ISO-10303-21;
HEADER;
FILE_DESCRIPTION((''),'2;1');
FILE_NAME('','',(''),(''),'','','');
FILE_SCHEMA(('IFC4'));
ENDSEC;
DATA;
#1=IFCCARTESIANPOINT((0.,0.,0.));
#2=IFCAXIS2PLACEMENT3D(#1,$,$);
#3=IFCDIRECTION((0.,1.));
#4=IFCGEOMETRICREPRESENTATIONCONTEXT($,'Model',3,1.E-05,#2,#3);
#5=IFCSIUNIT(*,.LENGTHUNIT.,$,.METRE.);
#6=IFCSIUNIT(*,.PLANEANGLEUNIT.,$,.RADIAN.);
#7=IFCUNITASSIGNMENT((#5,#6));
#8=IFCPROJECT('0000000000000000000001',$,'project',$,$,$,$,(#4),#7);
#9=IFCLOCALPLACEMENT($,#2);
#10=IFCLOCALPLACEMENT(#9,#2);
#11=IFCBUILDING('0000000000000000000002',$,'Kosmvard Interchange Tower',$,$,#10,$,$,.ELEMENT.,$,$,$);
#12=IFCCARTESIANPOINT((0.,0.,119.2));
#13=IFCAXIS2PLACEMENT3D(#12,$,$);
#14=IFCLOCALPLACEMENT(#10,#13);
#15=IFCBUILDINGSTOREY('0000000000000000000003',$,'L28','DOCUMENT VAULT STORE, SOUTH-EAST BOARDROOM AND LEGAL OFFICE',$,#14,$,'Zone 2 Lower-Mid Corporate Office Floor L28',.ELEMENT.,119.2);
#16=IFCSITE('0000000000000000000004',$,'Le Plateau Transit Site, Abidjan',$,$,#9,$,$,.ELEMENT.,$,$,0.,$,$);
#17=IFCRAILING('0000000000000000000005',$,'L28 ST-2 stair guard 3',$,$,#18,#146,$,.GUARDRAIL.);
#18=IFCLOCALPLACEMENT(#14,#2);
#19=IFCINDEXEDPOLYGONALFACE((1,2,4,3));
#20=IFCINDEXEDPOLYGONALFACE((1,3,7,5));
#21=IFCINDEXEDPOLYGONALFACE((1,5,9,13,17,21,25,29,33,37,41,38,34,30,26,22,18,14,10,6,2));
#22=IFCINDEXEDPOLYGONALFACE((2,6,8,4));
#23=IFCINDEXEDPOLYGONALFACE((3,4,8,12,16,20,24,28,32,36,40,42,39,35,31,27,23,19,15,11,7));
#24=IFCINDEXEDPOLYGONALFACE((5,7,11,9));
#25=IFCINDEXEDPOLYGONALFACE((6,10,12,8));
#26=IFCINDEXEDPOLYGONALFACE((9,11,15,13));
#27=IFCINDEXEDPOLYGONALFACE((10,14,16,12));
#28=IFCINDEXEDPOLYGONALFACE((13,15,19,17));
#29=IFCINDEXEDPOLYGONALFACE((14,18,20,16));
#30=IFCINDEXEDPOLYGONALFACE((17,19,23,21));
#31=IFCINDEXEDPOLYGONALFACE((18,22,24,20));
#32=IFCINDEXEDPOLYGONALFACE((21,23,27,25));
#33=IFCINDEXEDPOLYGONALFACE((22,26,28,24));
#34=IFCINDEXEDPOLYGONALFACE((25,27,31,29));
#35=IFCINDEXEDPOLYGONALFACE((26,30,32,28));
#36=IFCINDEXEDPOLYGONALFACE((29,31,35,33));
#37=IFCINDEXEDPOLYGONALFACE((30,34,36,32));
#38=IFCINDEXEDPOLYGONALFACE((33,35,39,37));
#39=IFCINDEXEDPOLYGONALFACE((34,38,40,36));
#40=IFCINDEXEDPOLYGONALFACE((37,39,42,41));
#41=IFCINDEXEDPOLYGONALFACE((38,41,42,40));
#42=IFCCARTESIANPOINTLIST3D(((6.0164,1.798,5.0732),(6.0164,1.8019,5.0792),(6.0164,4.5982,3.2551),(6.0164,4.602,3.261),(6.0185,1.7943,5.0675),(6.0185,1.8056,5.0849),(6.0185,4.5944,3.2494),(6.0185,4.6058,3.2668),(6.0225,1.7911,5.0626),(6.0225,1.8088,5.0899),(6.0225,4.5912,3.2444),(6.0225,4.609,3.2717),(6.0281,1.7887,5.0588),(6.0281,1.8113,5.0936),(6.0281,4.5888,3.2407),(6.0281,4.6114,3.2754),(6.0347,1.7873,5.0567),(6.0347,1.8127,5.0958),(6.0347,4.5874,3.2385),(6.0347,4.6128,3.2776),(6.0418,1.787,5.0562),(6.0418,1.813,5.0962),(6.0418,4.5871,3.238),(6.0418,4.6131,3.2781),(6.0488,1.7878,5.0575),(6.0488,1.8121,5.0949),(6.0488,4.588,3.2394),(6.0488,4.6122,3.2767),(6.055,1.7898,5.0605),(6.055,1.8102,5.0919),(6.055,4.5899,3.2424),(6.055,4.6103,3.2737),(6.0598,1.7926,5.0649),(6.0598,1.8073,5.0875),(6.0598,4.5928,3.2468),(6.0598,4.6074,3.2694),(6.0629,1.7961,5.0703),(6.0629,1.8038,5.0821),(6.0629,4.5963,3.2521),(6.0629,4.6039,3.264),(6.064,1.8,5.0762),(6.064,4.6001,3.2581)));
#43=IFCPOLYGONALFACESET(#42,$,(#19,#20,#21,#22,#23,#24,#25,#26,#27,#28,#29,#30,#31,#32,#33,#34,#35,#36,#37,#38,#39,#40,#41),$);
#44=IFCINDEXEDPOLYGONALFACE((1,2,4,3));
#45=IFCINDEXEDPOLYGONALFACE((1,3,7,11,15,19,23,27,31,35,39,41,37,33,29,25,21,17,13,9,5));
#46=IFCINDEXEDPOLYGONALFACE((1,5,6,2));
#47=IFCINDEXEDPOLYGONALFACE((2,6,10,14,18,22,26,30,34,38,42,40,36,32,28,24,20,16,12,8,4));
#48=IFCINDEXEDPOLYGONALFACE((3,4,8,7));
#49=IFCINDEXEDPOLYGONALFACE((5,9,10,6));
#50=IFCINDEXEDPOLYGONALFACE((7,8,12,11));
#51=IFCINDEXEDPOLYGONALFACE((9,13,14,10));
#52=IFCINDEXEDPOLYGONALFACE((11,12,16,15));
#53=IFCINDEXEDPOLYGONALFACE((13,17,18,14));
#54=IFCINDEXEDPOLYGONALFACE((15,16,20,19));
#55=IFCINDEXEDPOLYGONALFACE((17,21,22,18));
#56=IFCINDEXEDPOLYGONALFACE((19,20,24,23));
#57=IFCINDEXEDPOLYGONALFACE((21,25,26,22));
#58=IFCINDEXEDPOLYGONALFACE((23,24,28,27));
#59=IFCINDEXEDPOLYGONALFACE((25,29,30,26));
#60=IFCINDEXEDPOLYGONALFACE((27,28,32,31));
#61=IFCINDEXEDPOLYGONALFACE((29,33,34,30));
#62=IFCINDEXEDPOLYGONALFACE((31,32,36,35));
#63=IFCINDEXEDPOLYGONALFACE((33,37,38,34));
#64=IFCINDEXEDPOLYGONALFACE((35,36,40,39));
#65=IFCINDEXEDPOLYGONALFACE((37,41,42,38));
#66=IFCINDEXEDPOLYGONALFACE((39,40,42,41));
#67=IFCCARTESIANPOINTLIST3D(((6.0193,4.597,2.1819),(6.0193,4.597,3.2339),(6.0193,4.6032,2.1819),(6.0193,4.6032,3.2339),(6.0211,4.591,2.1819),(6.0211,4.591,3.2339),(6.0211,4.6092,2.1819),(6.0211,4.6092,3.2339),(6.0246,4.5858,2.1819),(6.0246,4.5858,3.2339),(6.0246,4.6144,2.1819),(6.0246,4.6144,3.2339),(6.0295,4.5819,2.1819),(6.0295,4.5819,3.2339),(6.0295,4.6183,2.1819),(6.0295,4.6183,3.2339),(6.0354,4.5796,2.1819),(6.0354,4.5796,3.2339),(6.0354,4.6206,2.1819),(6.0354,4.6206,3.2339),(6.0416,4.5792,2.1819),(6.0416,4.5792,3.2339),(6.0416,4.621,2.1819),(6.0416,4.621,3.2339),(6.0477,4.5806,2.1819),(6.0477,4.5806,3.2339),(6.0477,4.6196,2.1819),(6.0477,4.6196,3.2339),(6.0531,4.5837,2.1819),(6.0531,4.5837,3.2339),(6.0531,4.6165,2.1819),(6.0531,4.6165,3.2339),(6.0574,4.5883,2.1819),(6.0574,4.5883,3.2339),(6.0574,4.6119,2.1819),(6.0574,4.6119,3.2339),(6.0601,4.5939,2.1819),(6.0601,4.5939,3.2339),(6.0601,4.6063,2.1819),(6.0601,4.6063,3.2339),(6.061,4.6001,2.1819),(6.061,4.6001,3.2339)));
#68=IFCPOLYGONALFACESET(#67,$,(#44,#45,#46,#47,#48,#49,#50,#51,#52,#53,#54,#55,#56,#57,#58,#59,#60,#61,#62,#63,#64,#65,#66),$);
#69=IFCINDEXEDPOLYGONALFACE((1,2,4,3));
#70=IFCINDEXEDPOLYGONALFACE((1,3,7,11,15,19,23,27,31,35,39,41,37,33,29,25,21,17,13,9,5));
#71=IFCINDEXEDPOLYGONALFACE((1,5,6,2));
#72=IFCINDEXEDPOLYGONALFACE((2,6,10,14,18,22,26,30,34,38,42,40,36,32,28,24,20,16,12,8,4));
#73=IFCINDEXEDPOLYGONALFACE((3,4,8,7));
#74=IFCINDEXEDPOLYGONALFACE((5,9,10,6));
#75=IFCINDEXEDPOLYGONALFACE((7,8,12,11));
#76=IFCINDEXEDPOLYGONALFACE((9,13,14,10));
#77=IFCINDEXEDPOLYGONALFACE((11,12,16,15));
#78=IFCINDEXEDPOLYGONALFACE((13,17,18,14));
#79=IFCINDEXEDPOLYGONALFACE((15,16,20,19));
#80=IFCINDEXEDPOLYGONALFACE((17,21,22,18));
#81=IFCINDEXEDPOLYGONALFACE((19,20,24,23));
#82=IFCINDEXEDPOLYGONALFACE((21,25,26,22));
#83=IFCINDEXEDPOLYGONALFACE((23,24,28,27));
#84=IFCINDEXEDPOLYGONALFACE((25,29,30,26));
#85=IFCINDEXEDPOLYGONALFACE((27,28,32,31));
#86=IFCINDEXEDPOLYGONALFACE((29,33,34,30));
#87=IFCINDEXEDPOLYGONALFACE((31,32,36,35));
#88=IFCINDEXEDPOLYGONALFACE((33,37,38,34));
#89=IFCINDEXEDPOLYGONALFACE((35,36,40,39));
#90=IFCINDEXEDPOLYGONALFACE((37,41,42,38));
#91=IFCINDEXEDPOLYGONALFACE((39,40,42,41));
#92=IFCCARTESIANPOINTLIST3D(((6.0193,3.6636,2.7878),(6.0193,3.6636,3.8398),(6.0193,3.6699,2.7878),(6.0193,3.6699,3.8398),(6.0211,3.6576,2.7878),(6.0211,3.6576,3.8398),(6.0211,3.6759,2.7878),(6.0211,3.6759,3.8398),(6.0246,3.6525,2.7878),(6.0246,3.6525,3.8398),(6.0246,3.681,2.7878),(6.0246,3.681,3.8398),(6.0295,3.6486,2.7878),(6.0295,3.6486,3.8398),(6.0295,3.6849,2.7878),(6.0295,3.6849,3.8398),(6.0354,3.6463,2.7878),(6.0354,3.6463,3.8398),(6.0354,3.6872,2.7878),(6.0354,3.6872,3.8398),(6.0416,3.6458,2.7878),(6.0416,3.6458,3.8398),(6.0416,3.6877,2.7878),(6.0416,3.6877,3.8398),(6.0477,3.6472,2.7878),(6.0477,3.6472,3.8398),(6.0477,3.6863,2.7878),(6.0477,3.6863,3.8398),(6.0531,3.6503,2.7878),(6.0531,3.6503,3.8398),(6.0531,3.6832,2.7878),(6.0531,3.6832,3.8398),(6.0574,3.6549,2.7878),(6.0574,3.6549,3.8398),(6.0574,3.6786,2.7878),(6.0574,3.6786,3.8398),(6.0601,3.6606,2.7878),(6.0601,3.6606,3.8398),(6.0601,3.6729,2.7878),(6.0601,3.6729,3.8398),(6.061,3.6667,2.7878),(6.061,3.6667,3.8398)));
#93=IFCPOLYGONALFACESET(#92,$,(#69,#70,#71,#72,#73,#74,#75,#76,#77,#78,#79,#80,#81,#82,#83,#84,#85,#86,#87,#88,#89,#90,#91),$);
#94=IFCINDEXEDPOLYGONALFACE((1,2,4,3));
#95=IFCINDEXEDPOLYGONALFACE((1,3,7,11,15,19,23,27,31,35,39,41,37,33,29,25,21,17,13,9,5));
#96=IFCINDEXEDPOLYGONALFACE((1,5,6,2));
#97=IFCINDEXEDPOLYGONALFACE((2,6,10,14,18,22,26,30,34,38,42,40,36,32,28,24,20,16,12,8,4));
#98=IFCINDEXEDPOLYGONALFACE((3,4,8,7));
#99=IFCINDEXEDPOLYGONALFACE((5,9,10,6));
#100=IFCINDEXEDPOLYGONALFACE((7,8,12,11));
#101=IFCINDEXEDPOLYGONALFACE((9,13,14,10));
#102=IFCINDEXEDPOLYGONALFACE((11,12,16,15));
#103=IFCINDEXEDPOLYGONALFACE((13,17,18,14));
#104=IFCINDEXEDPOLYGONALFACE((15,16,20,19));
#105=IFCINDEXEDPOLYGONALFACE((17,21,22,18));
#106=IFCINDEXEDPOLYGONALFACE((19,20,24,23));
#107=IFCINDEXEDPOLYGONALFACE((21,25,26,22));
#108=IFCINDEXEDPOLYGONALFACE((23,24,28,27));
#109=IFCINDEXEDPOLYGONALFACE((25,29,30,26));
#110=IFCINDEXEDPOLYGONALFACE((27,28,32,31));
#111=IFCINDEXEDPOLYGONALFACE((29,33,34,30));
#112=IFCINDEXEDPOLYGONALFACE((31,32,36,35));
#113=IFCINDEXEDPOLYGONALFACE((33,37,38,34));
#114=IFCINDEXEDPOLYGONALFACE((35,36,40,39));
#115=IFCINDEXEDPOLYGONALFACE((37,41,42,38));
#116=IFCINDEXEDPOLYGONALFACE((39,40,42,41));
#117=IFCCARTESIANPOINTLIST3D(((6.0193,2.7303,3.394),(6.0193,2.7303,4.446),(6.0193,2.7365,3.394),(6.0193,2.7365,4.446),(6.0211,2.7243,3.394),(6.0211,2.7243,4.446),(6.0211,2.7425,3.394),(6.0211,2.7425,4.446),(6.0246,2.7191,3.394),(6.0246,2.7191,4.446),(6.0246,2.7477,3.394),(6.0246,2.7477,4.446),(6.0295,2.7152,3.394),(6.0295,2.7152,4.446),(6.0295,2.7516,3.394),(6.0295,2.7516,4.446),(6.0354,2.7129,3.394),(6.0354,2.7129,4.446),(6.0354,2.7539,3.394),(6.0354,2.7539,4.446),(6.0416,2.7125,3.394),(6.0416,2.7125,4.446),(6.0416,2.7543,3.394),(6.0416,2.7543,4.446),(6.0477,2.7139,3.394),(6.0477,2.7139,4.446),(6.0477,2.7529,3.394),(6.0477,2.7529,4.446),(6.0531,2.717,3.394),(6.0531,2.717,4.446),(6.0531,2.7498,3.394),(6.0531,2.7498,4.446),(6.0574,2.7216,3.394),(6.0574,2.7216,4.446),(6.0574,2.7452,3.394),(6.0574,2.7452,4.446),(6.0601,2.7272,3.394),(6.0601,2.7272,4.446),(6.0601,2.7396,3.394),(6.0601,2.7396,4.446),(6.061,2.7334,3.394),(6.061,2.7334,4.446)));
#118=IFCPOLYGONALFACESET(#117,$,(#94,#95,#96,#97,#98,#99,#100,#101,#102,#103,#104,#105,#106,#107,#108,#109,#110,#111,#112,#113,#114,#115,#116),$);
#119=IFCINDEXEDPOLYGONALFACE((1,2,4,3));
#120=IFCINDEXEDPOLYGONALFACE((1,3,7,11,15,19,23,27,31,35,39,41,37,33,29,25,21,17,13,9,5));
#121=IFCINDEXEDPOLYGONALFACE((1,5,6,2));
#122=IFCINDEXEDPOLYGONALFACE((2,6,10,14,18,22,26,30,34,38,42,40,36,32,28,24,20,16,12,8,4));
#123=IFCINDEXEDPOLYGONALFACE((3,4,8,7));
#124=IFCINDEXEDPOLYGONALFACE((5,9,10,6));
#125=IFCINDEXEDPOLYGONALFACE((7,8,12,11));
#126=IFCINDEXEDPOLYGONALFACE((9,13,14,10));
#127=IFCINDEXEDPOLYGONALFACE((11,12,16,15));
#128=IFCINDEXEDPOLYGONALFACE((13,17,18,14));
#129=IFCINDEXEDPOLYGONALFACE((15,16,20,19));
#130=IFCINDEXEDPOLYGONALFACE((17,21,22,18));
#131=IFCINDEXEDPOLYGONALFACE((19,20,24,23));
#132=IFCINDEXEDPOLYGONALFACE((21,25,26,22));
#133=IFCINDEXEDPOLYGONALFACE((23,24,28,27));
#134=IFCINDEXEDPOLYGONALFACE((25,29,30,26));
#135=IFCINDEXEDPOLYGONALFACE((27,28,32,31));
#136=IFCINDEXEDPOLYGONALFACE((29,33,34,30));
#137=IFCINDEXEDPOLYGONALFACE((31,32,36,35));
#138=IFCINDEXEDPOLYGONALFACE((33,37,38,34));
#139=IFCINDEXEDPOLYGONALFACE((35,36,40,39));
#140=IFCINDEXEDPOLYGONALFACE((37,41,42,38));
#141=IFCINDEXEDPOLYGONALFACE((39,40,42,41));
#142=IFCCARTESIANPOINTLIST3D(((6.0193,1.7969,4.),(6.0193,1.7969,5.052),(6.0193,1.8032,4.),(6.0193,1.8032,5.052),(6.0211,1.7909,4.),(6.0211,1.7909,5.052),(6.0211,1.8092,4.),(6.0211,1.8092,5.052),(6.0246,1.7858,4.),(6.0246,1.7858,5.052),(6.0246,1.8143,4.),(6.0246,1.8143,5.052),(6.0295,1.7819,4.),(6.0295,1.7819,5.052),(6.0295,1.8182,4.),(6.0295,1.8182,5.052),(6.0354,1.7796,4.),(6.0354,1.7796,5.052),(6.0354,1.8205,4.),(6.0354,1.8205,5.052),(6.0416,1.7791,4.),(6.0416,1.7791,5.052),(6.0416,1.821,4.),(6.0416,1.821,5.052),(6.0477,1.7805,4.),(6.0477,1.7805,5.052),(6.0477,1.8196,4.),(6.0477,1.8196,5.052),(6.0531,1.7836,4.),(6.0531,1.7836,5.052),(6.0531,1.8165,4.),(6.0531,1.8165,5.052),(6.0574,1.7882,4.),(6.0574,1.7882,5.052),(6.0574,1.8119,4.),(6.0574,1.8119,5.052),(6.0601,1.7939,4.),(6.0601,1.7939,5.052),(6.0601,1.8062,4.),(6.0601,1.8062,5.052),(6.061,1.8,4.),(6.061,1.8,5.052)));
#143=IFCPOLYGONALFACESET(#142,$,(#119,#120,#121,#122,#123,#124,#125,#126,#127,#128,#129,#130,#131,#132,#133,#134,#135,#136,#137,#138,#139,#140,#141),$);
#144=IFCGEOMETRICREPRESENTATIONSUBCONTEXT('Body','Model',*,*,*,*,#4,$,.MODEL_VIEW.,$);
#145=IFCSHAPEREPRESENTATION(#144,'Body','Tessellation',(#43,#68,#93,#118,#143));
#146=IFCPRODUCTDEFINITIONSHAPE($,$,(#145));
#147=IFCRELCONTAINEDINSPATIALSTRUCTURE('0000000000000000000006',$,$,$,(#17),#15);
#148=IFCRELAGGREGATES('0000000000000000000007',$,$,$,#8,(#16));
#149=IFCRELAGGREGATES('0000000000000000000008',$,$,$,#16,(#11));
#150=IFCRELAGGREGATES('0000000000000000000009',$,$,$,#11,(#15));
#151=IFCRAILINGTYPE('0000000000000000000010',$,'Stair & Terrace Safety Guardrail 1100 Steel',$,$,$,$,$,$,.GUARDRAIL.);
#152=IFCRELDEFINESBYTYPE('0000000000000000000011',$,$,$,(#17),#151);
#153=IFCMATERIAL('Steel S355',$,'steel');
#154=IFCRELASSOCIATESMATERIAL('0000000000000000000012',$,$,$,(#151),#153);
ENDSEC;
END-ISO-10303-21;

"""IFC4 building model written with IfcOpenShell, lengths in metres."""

from ifc_helpers import new_model, si_unit, direction, frame, origin, origin_2d, place, context, subcontext, project, spatial, circle, extrude, source, transform, mapped, material, type_object, element, save


model = new_model("IFC4")

# Units and contexts
model_context = context("Model", 3, precision=1e-05, world=origin(), true_north=direction((0.0, 1.0)))
body_context = subcontext(model_context, "Body", "Model", "MODEL_VIEW")
ifc_project = project(units=[si_unit("LENGTHUNIT", "METRE"), si_unit("PLANEANGLEUNIT", "RADIAN")], contexts=[model_context])

# Site, building, storey
site_placement = place(None, origin())
site = spatial("IfcSite", under=ifc_project, at=site_placement, Name="Le Plateau Transit Site, Abidjan", CompositionType="ELEMENT", RefElevation=0.0)
building_placement = place(site_placement, origin())
building = spatial("IfcBuilding", under=site, at=building_placement, Name="Kosmvard Interchange Tower", CompositionType="ELEMENT")
storey_placement = place(building_placement, frame((0.0, 0.0, 119.2)))
storey = spatial("IfcBuildingStorey", under=building, at=storey_placement, Name="L28", Description="DOCUMENT VAULT STORE, SOUTH-EAST BOARDROOM AND LEGAL OFFICE", LongName="Zone 2 Lower-Mid Corporate Office Floor L28", CompositionType="ELEMENT", Elevation=119.2)

# Shared definitions
ifc_material_1 = material(Name="Steel S355", Category="steel")

# Railing
railing_type_1 = type_object("IfcRailingType", Name="Stair & Terrace Safety Guardrail 1100 Steel", PredefinedType="GUARDRAIL", material=ifc_material_1)
shared_shape_1 = source(origin(), body_context, "Body", "SweptSolid", [
    extrude(circle(Radius=0.0239, at=origin_2d()), frame((0.0, 0.0, 1.0762), z_axis=(0.0, -0.838706, 0.544585), x_axis=(1.0, 0.0, 0.0)), (0.0, 0.0, 1.0), 3.3386),
    extrude(circle(Radius=0.021, at=origin_2d()), origin(), (0.0, 0.0, 1.0), 1.052),
    extrude(circle(Radius=0.021, at=origin_2d()), frame((0.0, -0.9333, 0.606)), (0.0, 0.0, 1.0), 1.052),
    extrude(circle(Radius=0.021, at=origin_2d()), frame((0.0, -1.8667, 1.2122)), (0.0, 0.0, 1.0), 1.052),
    extrude(circle(Radius=0.021, at=origin_2d()), frame((0.0, -2.8, 1.8181)), (0.0, 0.0, 1.0), 1.052),
])
railing_1_placement = place(storey_placement, frame((6.04, 4.6001, 2.1819)))
element("IfcRailing", 1, at=railing_1_placement, inside=storey, type_object=railing_type_1, Name="L28 ST-2 stair guard 3", PredefinedType="GUARDRAIL", context=body_context, shape_type="MappedRepresentation", body=[
    mapped(shared_shape_1, transform((0.0, 0.0, 0.0), scale=1.0)),
])

save(model, "model.ifc")
